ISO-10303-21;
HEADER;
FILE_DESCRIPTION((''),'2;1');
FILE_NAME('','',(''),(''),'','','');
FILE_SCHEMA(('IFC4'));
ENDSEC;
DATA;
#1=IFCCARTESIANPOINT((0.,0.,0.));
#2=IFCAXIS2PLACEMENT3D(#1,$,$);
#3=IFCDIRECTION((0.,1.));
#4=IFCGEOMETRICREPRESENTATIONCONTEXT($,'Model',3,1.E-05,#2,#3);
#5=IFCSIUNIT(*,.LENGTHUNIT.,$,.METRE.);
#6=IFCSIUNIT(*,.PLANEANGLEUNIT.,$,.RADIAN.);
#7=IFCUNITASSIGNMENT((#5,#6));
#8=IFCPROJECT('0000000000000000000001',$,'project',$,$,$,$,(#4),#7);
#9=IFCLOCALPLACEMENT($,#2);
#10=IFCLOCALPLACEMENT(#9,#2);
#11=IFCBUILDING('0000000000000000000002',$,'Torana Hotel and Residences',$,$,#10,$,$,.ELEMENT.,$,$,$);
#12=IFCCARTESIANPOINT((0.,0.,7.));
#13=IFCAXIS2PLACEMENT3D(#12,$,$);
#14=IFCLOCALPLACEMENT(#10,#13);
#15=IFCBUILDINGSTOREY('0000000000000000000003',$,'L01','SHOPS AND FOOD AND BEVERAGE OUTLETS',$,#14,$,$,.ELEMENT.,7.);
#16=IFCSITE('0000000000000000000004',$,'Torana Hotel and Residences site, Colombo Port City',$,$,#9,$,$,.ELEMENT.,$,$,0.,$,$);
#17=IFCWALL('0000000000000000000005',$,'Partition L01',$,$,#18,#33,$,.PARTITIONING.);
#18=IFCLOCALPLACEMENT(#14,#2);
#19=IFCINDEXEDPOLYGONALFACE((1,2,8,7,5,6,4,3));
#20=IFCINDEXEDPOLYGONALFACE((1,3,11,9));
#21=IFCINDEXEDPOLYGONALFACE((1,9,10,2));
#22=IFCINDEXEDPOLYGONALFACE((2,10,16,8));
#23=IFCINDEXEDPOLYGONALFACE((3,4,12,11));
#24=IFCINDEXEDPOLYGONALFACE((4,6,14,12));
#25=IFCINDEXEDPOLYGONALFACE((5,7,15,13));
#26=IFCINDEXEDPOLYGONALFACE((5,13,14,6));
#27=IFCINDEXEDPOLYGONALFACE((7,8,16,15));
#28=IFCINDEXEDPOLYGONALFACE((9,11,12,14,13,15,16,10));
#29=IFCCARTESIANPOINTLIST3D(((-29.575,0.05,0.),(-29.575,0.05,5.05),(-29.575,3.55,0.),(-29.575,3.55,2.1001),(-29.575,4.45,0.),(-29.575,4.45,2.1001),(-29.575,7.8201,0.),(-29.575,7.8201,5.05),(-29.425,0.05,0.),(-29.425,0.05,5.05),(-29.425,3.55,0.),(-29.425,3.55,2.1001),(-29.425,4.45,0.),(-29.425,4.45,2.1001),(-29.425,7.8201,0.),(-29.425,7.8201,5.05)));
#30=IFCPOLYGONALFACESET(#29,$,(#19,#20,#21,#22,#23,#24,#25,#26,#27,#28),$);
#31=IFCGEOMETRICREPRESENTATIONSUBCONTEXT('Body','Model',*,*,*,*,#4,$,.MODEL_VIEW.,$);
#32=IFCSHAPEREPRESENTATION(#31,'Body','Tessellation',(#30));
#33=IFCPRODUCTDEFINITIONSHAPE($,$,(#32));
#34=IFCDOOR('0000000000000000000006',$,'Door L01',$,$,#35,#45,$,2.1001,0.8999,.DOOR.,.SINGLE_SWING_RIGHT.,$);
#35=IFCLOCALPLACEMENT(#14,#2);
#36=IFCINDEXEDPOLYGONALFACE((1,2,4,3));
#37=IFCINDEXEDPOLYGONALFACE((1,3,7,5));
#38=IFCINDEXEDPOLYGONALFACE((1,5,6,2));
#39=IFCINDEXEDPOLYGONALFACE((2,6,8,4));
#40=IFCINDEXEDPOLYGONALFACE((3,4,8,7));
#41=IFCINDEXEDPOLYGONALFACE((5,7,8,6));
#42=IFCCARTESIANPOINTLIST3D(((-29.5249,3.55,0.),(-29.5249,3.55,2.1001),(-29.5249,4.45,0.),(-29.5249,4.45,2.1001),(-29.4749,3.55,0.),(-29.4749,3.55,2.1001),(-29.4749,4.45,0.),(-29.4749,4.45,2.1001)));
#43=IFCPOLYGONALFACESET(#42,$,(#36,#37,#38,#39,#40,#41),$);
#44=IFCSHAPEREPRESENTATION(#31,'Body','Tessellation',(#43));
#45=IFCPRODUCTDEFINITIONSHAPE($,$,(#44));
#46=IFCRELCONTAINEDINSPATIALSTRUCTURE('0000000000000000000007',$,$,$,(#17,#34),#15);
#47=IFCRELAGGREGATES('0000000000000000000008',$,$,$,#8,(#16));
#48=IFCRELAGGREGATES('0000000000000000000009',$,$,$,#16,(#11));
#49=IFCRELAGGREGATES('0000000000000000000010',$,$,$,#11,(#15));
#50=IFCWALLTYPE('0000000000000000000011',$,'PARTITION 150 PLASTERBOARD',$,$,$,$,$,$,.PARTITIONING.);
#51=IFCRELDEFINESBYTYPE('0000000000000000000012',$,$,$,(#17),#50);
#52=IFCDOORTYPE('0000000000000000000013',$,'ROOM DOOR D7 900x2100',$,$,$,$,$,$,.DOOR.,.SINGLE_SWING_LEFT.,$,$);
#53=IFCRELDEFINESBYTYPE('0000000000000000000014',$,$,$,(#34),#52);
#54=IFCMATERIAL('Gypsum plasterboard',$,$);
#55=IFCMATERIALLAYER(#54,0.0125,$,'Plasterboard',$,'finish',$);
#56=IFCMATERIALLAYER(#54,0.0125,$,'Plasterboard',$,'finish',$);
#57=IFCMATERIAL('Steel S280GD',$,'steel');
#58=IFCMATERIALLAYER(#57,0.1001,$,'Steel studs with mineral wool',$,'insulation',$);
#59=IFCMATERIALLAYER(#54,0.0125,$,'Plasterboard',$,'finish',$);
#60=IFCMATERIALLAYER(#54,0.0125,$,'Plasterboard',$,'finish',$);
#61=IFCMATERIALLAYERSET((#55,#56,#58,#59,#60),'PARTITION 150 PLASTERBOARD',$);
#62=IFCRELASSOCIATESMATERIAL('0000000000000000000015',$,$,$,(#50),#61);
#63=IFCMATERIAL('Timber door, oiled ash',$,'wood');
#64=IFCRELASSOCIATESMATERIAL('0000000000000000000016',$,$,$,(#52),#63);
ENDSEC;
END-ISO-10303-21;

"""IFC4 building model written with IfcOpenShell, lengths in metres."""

from ifc_helpers import new_model, si_unit, direction, frame, frame_2d, origin, place, context, subcontext, project, spatial, rectangle, extrude, material, layer, layer_set, type_object, element, fill, save


model = new_model("IFC4")

# Units and contexts
model_context = context("Model", 3, precision=1e-05, world=origin(), true_north=direction((0.0, 1.0)))
body_context = subcontext(model_context, "Body", "Model", "MODEL_VIEW")
ifc_project = project(units=[si_unit("LENGTHUNIT", "METRE"), si_unit("PLANEANGLEUNIT", "RADIAN")], contexts=[model_context])

# Site, building, storey
site_placement = place(None, origin())
site = spatial("IfcSite", under=ifc_project, at=site_placement, Name="Torana Hotel and Residences site, Colombo Port City", CompositionType="ELEMENT", RefElevation=0.0)
building_placement = place(site_placement, origin())
building = spatial("IfcBuilding", under=site, at=building_placement, Name="Torana Hotel and Residences", CompositionType="ELEMENT")
storey_placement = place(building_placement, frame((0.0, 0.0, 7.0)))
storey = spatial("IfcBuildingStorey", under=building, at=storey_placement, Name="L01", Description="SHOPS AND FOOD AND BEVERAGE OUTLETS", CompositionType="ELEMENT", Elevation=7.0)

# Wall, opening, door
ifc_material_1 = material(Name="Gypsum plasterboard")
ifc_layer_1 = layer(ifc_material_1, 0.0125, Name="Plasterboard", Category="finish")
ifc_layer_2 = layer(ifc_material_1, 0.0125, Name="Plasterboard", Category="finish")
ifc_material_2 = material(Name="Steel S280GD", Category="steel")
ifc_layer_3 = layer(ifc_material_2, 0.1001, Name="Steel studs with mineral wool", Category="insulation")
ifc_layer_4 = layer(ifc_material_1, 0.0125, Name="Plasterboard", Category="finish")
ifc_layer_5 = layer(ifc_material_1, 0.0125, Name="Plasterboard", Category="finish")
ifc_layer_set_1 = layer_set([ifc_layer_1, ifc_layer_2, ifc_layer_3, ifc_layer_4, ifc_layer_5], Name="PARTITION 150 PLASTERBOARD")
wall_type_1 = type_object("IfcWallType", Name="PARTITION 150 PLASTERBOARD", PredefinedType="PARTITIONING", material=ifc_layer_set_1)
wall_1_placement = place(storey_placement, frame((-29.5, 0.05, 0.0), z_axis=(0.0, 0.0, 1.0), x_axis=(0.0, 1.0, 0.0)))
wall_1 = element("IfcWall", 1, at=wall_1_placement, inside=storey, type_object=wall_type_1, Name="Partition L01", PredefinedType="PARTITIONING", context=body_context, shape_type="SweptSolid", body=[
    extrude(rectangle(XDim=7.77, YDim=0.1499, at=frame_2d((3.885, 0.0))), origin(), (0.0, 0.0, 1.0), 5.05),
])
opening_placement = place(wall_1_placement, frame((3.5, 0.0, 0.0)))
opening = element("IfcOpeningElement", 2, at=opening_placement, cuts=wall_1, PredefinedType="OPENING", context=body_context, shape_type="SweptSolid", body=[
    extrude(rectangle(XDim=0.8999, YDim=2.1001, at=frame_2d((0.45, 1.05))), frame((0.0, 0.085, 0.0), z_axis=(0.0, -1.0, 0.0), x_axis=(1.0, 0.0, 0.0)), (0.0, 0.0, 1.0), 0.1699),
])
ifc_material_3 = material(Name="Timber door, oiled ash", Category="wood")
door_type = type_object("IfcDoorType", Name="ROOM DOOR D7 900x2100", OperationType="SINGLE_SWING_LEFT", PredefinedType="DOOR", material=ifc_material_3)
door_placement = place(opening_placement, origin())
door = element("IfcDoor", 3, at=door_placement, inside=storey, type_object=door_type, Name="Door L01", OperationType="SINGLE_SWING_RIGHT", OverallHeight=2.1001, OverallWidth=0.8999, PredefinedType="DOOR", context=body_context, shape_type="SweptSolid", body=[
    extrude(rectangle(XDim=0.8999, YDim=2.1001, at=frame_2d((0.45, 1.05))), frame((0.0, 0.0249, 0.0), z_axis=(0.0, -1.0, 0.0), x_axis=(1.0, 0.0, 0.0)), (0.0, 0.0, 1.0), 0.05),
])
fill(opening, door)

save(model, "model.ifc")
